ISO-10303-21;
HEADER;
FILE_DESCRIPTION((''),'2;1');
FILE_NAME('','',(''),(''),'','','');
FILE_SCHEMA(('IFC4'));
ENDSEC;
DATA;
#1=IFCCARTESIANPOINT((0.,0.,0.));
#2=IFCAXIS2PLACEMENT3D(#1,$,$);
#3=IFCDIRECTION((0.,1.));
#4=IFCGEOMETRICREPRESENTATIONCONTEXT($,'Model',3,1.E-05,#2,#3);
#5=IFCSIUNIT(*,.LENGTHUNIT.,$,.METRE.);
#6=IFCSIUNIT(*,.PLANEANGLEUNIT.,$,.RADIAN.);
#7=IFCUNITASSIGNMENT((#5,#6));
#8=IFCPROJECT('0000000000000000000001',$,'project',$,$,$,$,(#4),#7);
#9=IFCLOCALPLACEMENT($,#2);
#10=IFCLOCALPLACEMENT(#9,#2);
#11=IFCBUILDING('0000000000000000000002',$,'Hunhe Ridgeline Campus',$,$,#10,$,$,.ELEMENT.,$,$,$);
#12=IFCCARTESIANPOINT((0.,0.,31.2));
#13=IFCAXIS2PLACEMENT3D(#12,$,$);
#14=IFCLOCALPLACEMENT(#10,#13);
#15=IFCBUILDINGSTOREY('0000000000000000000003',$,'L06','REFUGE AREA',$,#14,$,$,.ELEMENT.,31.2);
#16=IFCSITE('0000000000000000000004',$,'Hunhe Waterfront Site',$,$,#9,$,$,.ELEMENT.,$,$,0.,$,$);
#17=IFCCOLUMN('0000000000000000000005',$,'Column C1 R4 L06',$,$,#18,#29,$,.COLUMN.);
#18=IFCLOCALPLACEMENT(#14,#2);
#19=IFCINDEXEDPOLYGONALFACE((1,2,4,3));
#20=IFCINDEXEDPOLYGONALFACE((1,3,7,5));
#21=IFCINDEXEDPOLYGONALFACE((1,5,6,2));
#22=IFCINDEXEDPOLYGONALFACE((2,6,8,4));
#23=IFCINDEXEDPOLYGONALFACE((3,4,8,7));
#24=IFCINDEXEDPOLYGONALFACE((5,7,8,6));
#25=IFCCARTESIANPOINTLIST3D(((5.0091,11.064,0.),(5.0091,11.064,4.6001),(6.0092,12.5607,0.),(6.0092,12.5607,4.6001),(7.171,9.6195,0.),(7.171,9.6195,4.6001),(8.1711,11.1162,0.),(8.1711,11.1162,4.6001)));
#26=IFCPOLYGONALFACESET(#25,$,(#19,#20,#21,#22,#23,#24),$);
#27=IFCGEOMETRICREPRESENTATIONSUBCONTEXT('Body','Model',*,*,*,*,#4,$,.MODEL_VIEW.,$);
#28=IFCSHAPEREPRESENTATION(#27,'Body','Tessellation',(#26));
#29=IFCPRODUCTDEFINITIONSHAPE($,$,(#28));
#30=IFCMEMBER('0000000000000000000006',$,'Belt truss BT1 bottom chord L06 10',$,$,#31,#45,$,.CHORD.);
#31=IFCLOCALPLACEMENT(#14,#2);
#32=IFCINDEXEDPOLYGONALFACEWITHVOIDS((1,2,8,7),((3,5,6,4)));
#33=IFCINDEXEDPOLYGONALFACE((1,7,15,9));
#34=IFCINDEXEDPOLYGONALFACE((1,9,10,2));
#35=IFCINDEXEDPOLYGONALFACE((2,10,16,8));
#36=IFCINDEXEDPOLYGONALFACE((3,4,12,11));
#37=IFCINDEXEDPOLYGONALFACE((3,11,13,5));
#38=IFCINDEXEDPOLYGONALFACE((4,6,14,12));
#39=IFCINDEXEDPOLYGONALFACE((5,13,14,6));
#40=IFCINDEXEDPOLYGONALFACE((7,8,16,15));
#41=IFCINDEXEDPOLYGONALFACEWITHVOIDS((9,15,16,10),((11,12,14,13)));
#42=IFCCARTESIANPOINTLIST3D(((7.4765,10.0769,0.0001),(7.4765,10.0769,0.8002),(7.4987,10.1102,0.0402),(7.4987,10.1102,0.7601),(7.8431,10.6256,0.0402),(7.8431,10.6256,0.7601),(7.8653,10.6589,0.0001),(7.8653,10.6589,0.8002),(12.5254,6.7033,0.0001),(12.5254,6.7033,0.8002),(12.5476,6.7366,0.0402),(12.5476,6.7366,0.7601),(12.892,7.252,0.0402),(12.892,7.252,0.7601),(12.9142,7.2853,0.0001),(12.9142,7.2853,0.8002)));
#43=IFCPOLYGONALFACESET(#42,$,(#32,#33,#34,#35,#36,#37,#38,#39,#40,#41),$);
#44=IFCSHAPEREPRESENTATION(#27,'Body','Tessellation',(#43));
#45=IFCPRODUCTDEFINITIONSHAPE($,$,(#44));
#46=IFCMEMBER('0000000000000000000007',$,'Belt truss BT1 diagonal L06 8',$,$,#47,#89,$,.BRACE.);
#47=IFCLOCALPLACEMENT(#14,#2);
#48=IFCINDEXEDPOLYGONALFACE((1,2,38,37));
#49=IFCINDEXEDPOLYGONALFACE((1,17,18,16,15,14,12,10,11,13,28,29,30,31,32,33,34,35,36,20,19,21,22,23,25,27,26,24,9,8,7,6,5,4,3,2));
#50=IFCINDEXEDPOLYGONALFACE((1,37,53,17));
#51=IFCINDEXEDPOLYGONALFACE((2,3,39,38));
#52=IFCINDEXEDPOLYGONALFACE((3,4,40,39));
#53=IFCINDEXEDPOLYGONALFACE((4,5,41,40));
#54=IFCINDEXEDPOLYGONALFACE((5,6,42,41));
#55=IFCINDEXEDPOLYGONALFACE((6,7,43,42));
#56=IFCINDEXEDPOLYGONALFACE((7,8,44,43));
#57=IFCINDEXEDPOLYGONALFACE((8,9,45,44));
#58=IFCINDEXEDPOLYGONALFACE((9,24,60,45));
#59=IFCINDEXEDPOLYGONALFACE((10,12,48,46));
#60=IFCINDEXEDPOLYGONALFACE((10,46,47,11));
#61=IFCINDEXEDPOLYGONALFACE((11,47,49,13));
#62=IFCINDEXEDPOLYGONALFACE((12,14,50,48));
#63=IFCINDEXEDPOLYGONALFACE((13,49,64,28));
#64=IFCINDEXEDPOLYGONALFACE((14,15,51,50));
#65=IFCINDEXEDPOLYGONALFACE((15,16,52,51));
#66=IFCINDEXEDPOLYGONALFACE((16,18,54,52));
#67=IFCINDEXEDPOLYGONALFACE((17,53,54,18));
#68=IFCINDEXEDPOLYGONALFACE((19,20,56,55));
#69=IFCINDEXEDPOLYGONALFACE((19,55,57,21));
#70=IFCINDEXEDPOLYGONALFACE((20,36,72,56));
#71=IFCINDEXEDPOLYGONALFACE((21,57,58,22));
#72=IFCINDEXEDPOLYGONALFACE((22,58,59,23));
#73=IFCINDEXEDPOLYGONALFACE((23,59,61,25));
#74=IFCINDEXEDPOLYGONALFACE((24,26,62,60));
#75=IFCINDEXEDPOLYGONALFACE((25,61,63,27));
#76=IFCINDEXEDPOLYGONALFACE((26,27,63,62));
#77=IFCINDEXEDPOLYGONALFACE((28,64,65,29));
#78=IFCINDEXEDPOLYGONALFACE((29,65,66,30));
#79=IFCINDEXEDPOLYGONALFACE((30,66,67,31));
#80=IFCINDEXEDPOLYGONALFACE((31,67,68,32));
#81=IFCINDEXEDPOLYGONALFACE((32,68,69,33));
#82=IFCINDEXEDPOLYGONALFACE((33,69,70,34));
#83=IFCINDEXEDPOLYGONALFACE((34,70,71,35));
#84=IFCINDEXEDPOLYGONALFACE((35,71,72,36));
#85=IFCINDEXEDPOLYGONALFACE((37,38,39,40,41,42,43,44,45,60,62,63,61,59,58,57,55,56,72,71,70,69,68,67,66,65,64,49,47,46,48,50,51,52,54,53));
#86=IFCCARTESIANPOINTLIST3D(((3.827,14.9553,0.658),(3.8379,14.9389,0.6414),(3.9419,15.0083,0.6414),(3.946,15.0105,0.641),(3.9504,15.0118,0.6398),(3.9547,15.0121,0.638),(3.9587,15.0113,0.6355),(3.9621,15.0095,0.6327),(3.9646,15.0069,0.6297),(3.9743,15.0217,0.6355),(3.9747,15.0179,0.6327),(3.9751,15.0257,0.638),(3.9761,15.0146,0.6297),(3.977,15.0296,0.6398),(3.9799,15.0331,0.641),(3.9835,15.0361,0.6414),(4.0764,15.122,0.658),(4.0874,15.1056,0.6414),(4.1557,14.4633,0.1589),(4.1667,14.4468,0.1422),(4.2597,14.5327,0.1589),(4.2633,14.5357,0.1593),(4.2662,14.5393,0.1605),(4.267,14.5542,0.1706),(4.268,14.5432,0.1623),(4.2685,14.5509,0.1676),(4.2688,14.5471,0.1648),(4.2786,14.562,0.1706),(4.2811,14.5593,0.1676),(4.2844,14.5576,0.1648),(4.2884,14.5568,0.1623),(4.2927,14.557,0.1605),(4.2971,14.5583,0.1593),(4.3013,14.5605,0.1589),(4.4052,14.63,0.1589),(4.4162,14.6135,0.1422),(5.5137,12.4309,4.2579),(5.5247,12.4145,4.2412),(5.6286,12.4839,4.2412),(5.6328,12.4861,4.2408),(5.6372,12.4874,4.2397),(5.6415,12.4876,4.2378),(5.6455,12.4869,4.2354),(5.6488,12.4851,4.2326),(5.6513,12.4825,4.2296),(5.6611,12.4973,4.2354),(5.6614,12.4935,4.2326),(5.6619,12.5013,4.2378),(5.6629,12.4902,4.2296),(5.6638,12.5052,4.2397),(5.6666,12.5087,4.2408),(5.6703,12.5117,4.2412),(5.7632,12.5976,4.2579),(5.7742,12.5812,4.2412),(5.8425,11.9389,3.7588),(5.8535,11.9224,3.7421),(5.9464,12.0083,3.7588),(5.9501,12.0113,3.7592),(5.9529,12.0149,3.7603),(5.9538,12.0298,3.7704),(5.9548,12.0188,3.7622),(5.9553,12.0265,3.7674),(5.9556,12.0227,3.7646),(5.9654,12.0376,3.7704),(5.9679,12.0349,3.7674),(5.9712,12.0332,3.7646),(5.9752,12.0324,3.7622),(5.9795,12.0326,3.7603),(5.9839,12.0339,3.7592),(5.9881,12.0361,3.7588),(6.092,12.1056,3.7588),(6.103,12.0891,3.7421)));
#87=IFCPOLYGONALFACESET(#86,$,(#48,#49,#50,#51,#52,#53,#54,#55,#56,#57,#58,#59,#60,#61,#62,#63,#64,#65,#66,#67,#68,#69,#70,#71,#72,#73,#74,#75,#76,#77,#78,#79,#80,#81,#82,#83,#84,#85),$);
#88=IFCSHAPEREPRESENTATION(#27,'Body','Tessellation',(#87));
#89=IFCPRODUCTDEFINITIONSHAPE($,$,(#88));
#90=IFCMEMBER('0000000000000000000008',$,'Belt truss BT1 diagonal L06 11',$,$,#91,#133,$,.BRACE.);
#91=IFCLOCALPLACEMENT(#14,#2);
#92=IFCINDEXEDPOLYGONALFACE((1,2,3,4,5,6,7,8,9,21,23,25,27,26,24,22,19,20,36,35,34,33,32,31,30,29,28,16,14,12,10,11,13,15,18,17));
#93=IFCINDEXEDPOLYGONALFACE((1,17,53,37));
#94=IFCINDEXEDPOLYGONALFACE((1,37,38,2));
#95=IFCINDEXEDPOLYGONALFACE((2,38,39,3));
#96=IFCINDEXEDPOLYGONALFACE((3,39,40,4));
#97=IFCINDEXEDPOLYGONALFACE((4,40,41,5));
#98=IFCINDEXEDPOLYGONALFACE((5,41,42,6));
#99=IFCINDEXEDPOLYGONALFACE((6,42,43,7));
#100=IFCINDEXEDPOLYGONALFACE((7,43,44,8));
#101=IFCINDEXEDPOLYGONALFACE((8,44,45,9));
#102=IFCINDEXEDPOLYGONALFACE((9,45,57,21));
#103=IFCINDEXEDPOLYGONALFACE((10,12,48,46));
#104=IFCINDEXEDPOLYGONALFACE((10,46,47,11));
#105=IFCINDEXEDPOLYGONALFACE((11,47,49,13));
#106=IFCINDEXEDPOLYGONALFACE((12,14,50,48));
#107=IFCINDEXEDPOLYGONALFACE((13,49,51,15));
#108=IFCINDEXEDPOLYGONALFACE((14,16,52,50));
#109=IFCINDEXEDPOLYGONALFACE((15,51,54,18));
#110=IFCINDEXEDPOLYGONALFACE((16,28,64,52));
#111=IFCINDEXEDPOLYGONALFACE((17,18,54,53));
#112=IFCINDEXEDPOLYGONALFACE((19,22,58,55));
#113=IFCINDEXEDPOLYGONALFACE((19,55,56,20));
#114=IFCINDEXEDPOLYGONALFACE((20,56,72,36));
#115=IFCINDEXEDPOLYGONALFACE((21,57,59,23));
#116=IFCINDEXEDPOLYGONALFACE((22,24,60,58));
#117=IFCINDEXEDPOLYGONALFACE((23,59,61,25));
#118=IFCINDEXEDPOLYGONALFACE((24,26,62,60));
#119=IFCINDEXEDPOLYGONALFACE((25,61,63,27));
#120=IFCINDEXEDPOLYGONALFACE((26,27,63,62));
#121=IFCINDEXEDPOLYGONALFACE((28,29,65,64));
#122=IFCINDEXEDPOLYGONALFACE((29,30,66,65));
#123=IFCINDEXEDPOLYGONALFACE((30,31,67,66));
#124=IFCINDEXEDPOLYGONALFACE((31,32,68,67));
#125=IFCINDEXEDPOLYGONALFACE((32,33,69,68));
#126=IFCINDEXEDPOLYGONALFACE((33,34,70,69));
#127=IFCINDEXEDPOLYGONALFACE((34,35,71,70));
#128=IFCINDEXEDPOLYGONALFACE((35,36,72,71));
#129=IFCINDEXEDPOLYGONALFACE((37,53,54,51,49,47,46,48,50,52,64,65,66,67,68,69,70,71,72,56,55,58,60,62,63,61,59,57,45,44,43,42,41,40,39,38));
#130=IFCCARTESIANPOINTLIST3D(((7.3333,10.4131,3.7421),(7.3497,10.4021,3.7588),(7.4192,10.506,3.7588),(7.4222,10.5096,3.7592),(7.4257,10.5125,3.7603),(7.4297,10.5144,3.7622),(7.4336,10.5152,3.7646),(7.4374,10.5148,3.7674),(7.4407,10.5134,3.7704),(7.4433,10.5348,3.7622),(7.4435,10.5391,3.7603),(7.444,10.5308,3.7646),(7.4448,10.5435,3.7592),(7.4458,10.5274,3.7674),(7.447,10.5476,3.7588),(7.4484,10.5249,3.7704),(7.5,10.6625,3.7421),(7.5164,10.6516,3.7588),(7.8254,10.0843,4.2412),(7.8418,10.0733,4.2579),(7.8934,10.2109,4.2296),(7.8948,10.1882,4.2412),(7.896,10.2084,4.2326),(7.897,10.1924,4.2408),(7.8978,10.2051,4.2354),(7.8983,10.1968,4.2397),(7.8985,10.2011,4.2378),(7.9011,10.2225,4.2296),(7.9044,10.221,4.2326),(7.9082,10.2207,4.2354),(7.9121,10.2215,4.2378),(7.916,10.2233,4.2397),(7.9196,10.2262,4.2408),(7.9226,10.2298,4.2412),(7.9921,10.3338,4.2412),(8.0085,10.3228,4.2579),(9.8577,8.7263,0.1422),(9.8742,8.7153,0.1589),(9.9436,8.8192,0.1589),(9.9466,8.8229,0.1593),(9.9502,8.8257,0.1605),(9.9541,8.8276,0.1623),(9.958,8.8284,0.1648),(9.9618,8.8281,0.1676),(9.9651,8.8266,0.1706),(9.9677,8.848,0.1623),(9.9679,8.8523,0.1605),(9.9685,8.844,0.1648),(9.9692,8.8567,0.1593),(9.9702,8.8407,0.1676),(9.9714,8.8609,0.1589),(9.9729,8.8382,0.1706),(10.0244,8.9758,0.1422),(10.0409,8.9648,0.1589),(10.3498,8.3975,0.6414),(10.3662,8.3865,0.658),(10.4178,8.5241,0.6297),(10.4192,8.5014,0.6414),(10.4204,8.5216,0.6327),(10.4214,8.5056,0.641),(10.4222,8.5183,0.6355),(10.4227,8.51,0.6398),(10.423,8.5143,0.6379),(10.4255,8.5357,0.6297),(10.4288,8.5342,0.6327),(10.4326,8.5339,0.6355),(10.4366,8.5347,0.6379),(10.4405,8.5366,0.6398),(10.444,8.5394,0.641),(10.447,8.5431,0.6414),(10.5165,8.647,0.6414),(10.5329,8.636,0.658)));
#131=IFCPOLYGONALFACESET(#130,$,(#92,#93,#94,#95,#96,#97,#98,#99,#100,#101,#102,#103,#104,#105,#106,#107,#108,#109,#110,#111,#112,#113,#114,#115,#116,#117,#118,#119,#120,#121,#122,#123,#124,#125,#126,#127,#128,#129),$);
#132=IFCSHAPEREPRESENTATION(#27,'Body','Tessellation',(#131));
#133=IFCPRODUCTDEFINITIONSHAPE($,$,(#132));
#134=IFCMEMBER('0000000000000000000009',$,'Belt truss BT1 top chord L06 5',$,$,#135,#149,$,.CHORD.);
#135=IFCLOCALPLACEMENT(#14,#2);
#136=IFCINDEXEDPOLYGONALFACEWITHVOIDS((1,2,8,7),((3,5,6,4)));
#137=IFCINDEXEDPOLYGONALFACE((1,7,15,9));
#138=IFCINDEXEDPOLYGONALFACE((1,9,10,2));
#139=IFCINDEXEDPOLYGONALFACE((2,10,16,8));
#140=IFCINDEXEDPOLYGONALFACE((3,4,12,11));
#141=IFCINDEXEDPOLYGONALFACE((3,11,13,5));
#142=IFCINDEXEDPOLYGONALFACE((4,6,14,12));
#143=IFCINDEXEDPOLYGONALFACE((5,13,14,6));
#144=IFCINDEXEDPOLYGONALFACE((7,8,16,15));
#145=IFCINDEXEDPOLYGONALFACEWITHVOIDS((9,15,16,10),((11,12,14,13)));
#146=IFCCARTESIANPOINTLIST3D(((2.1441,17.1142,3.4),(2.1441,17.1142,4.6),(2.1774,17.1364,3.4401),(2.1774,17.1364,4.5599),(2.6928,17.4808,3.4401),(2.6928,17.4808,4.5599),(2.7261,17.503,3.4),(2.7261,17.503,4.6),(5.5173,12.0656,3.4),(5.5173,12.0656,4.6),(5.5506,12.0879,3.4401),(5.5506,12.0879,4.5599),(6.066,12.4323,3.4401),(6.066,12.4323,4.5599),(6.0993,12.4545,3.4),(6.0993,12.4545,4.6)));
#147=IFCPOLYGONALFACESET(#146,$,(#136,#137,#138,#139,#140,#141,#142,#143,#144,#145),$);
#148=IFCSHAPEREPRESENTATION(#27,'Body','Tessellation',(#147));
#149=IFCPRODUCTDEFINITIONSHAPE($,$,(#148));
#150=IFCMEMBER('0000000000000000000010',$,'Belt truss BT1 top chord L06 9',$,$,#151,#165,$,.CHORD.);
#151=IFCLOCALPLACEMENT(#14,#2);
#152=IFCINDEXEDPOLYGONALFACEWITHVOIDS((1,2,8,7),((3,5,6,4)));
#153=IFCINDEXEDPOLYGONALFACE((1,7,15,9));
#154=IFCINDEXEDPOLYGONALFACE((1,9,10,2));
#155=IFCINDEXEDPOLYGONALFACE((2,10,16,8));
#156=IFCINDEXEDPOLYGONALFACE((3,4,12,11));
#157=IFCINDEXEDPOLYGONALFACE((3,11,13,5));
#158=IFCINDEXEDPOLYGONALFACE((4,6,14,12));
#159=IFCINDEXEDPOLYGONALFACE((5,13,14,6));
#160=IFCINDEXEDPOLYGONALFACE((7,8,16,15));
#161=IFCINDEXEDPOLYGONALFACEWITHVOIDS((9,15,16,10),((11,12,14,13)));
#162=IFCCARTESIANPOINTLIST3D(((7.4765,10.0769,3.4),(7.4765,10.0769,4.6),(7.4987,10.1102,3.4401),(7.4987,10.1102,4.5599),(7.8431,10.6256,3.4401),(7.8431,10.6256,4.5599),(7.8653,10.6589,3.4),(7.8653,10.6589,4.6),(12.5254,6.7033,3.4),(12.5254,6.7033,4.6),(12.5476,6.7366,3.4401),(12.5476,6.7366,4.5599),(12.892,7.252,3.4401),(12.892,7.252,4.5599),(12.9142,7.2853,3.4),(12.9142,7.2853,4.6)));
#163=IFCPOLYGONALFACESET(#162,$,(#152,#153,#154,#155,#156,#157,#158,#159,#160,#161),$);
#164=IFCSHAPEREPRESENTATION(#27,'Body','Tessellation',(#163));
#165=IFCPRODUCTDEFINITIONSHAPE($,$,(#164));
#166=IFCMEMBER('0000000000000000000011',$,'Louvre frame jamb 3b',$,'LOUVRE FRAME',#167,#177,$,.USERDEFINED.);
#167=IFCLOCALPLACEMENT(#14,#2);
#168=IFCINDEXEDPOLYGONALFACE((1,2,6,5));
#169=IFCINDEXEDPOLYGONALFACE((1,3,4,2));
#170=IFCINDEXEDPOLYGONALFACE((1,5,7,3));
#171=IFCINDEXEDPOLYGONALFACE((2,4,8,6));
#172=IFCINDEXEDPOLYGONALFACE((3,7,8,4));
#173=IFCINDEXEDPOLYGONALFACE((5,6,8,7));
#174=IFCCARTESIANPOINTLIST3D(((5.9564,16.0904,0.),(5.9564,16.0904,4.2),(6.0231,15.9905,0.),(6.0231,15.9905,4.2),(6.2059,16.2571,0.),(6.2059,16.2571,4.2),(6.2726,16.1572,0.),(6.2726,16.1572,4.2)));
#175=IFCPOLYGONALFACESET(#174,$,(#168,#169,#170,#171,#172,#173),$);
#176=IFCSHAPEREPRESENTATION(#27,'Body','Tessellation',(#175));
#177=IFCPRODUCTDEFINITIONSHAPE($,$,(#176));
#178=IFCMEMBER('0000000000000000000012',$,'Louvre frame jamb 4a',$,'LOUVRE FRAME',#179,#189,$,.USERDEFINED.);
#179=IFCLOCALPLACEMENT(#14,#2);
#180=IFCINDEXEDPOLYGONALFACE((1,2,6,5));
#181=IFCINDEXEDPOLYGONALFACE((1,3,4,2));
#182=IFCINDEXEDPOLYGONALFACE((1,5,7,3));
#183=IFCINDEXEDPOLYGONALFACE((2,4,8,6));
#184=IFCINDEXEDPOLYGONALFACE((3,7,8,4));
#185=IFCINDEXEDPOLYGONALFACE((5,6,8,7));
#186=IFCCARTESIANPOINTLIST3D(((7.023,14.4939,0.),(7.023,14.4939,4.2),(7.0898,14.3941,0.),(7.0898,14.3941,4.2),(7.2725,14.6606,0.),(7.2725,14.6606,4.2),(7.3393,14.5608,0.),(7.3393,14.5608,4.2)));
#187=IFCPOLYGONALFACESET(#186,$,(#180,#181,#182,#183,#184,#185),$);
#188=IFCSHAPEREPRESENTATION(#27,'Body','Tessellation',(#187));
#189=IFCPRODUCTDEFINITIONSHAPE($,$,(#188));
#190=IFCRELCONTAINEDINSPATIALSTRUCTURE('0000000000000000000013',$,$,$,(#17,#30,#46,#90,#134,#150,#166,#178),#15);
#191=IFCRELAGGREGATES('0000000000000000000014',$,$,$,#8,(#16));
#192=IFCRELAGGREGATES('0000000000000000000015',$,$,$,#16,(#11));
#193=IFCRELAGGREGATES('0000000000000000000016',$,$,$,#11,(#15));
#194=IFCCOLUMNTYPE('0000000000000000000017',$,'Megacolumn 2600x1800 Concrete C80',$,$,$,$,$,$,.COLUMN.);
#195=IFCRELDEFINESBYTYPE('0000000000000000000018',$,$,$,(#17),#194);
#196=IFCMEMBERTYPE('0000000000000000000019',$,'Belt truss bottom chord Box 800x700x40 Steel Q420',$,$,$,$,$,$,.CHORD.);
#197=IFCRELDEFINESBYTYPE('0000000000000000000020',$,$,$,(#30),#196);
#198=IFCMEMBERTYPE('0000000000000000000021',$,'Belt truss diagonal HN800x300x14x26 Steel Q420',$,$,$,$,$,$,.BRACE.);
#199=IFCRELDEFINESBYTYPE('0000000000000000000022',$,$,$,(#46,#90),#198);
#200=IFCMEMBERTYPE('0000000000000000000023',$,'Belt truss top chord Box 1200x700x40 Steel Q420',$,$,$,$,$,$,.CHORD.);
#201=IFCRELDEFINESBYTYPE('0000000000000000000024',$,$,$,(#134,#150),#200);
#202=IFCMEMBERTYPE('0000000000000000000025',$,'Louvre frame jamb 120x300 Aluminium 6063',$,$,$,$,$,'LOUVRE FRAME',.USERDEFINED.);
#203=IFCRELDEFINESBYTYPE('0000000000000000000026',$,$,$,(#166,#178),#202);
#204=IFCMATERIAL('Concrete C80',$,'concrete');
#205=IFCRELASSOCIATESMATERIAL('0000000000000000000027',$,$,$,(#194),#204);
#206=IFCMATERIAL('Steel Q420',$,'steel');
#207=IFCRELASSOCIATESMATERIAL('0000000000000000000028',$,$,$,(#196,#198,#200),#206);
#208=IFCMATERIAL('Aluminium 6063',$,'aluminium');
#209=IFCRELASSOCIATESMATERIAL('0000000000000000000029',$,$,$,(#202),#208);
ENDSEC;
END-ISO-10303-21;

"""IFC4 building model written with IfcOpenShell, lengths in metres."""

from ifc_helpers import new_model, si_unit, direction, frame, origin, origin_2d, place, context, subcontext, project, spatial, rectangle, hollow_rectangle, i_section, extrude, material, material_profile, profile_set, type_object, element, save


model = new_model("IFC4")

# Units and contexts
model_context = context("Model", 3, precision=1e-05, world=origin(), true_north=direction((0.0, 1.0)))
body_context = subcontext(model_context, "Body", "Model", "MODEL_VIEW")
ifc_project = project(units=[si_unit("LENGTHUNIT", "METRE"), si_unit("PLANEANGLEUNIT", "RADIAN")], contexts=[model_context])

# Site, building, storey
site_placement = place(None, origin())
site = spatial("IfcSite", under=ifc_project, at=site_placement, Name="Hunhe Waterfront Site", CompositionType="ELEMENT", RefElevation=0.0)
building_placement = place(site_placement, origin())
building = spatial("IfcBuilding", under=site, at=building_placement, Name="Hunhe Ridgeline Campus", CompositionType="ELEMENT")
storey_placement = place(building_placement, frame((0.0, 0.0, 31.2)))
storey = spatial("IfcBuildingStorey", under=building, at=storey_placement, Name="L06", Description="REFUGE AREA", CompositionType="ELEMENT", Elevation=31.2)

# Column
ifc_material_1 = material(Name="Concrete C80", Category="concrete")
ifc_material_profile_1 = material_profile(ifc_material_1, rectangle(XDim=2.6001, YDim=1.8, at=origin_2d()))
ifc_profile_set_1 = profile_set([ifc_material_profile_1], Name="Concrete C80")
column_type = type_object("IfcColumnType", Name="Megacolumn 2600x1800 Concrete C80", PredefinedType="COLUMN", material=ifc_profile_set_1)
column_placement = place(storey_placement, frame((6.5901, 11.0901, 0.0), z_axis=(0.0, 0.0, 1.0), x_axis=(-0.83147, 0.55557, 0.0)))
element("IfcColumn", 1, at=column_placement, inside=storey, type_object=column_type, Name="Column C1 R4 L06", PredefinedType="COLUMN", context=body_context, shape_type="SweptSolid", body=[
    extrude(rectangle(XDim=2.6001, YDim=1.8, at=origin_2d()), origin(), (0.0, 0.0, 1.0), 4.6001),
])

# Members
ifc_material_2 = material(Name="Steel Q420", Category="steel")
ifc_material_profile_2 = material_profile(ifc_material_2, hollow_rectangle(XDim=0.7, YDim=0.8, WallThickness=0.04, at=origin_2d()))
ifc_profile_set_2 = profile_set([ifc_material_profile_2], Name="Steel Q420")
member_type_1 = type_object("IfcMemberType", Name="Belt truss bottom chord Box 800x700x40 Steel Q420", PredefinedType="CHORD", material=ifc_profile_set_2)
member_1_placement = place(storey_placement, frame((7.6709, 10.3679, 0.4001), z_axis=(0.831468, -0.555572, 0.0), x_axis=(0.555572, 0.831468, 0.0)))
element("IfcMember", 2, at=member_1_placement, inside=storey, type_object=member_type_1, Name="Belt truss BT1 bottom chord L06 10", PredefinedType="CHORD", context=body_context, shape_type="SweptSolid", body=[
    extrude(hollow_rectangle(XDim=0.7, YDim=0.8, WallThickness=0.04, at=origin_2d()), origin(), (0.0, 0.0, 1.0), 6.0723),
])
ifc_material_profile_3 = material_profile(ifc_material_2, i_section(OverallWidth=0.3, OverallDepth=0.8, WebThickness=0.0139, FlangeThickness=0.0259, FilletRadius=0.0181, at=origin_2d()))
ifc_profile_set_3 = profile_set([ifc_material_profile_3], Name="Steel Q420")
member_type_2 = type_object("IfcMemberType", Name="Belt truss diagonal HN800x300x14x26 Steel Q420", PredefinedType="BRACE", material=ifc_profile_set_3)
for number, where, z_axis, x_axis, name in (
    (3, (4.1216, 14.7844, 0.4001), (0.358184, -0.536057, 0.764426), (0.831468, 0.555572, 0.0), "Belt truss BT1 diagonal L06 8"),
    (4, (7.6709, 10.3679, 4.0), (0.536057, -0.358184, -0.764426), (0.555572, 0.831468, 0.0), "Belt truss BT1 diagonal L06 11"),
):
    element("IfcMember", number, at=place(storey_placement, frame(where, z_axis=z_axis, x_axis=x_axis)), inside=storey, type_object=member_type_2, Name=name, PredefinedType="BRACE", context=body_context, shape_type="SweptSolid", body=[
        extrude(i_section(OverallWidth=0.3, OverallDepth=0.8, WebThickness=0.0139, FlangeThickness=0.0259, FilletRadius=0.0181, at=origin_2d()), origin(), (0.0, 0.0, 1.0), 4.7092),
    ])
ifc_material_profile_4 = material_profile(ifc_material_2, hollow_rectangle(XDim=0.7, YDim=1.2, WallThickness=0.04, at=origin_2d()))
ifc_profile_set_4 = profile_set([ifc_material_profile_4], Name="Steel Q420")
member_type_3 = type_object("IfcMemberType", Name="Belt truss top chord Box 1200x700x40 Steel Q420", PredefinedType="CHORD", material=ifc_profile_set_4)
member_2_placement = place(storey_placement, frame((2.4351, 17.3086, 4.0), z_axis=(0.555563, -0.831475, 0.0), x_axis=(0.831475, 0.555563, 0.0)))
element("IfcMember", 5, at=member_2_placement, inside=storey, type_object=member_type_3, Name="Belt truss BT1 top chord L06 5", PredefinedType="CHORD", context=body_context, shape_type="SweptSolid", body=[
    extrude(hollow_rectangle(XDim=0.7, YDim=1.2, WallThickness=0.04, at=origin_2d()), origin(), (0.0, 0.0, 1.0), 6.0718),
])
member_3_placement = place(storey_placement, frame((7.6709, 10.3679, 4.0), z_axis=(0.831468, -0.555572, 0.0), x_axis=(0.555572, 0.831468, 0.0)))
element("IfcMember", 6, at=member_3_placement, inside=storey, type_object=member_type_3, Name="Belt truss BT1 top chord L06 9", PredefinedType="CHORD", context=body_context, shape_type="SweptSolid", body=[
    extrude(hollow_rectangle(XDim=0.7, YDim=1.2, WallThickness=0.04, at=origin_2d()), origin(), (0.0, 0.0, 1.0), 6.0723),
])
ifc_material_3 = material(Name="Aluminium 6063", Category="aluminium")
ifc_material_profile_5 = material_profile(ifc_material_3, rectangle(XDim=0.3, YDim=0.1201, at=origin_2d()))
ifc_profile_set_5 = profile_set([ifc_material_profile_5], Name="Aluminium 6063")
member_type_4 = type_object("IfcMemberType", Name="Louvre frame jamb 120x300 Aluminium 6063", ElementType="LOUVRE FRAME", PredefinedType="USERDEFINED", material=ifc_profile_set_5)
for number, where, z_axis, x_axis, name in (
    (7, (6.1145, 16.1238, 0.0), (0.0, 0.0, 1.0), (0.83147, 0.55557, 0.0), "Louvre frame jamb 3b"),
    (8, (7.1812, 14.5273, 0.0), (0.0, 0.0, 1.0), (0.83147, 0.55557, 0.0), "Louvre frame jamb 4a"),
):
    element("IfcMember", number, at=place(storey_placement, frame(where, z_axis=z_axis, x_axis=x_axis)), inside=storey, type_object=member_type_4, Name=name, ObjectType="LOUVRE FRAME", PredefinedType="USERDEFINED", context=body_context, shape_type="SweptSolid", body=[
        extrude(rectangle(XDim=0.3, YDim=0.1201, at=origin_2d()), origin(), (0.0, 0.0, 1.0), 4.2),
    ])

save(model, "model.ifc")
